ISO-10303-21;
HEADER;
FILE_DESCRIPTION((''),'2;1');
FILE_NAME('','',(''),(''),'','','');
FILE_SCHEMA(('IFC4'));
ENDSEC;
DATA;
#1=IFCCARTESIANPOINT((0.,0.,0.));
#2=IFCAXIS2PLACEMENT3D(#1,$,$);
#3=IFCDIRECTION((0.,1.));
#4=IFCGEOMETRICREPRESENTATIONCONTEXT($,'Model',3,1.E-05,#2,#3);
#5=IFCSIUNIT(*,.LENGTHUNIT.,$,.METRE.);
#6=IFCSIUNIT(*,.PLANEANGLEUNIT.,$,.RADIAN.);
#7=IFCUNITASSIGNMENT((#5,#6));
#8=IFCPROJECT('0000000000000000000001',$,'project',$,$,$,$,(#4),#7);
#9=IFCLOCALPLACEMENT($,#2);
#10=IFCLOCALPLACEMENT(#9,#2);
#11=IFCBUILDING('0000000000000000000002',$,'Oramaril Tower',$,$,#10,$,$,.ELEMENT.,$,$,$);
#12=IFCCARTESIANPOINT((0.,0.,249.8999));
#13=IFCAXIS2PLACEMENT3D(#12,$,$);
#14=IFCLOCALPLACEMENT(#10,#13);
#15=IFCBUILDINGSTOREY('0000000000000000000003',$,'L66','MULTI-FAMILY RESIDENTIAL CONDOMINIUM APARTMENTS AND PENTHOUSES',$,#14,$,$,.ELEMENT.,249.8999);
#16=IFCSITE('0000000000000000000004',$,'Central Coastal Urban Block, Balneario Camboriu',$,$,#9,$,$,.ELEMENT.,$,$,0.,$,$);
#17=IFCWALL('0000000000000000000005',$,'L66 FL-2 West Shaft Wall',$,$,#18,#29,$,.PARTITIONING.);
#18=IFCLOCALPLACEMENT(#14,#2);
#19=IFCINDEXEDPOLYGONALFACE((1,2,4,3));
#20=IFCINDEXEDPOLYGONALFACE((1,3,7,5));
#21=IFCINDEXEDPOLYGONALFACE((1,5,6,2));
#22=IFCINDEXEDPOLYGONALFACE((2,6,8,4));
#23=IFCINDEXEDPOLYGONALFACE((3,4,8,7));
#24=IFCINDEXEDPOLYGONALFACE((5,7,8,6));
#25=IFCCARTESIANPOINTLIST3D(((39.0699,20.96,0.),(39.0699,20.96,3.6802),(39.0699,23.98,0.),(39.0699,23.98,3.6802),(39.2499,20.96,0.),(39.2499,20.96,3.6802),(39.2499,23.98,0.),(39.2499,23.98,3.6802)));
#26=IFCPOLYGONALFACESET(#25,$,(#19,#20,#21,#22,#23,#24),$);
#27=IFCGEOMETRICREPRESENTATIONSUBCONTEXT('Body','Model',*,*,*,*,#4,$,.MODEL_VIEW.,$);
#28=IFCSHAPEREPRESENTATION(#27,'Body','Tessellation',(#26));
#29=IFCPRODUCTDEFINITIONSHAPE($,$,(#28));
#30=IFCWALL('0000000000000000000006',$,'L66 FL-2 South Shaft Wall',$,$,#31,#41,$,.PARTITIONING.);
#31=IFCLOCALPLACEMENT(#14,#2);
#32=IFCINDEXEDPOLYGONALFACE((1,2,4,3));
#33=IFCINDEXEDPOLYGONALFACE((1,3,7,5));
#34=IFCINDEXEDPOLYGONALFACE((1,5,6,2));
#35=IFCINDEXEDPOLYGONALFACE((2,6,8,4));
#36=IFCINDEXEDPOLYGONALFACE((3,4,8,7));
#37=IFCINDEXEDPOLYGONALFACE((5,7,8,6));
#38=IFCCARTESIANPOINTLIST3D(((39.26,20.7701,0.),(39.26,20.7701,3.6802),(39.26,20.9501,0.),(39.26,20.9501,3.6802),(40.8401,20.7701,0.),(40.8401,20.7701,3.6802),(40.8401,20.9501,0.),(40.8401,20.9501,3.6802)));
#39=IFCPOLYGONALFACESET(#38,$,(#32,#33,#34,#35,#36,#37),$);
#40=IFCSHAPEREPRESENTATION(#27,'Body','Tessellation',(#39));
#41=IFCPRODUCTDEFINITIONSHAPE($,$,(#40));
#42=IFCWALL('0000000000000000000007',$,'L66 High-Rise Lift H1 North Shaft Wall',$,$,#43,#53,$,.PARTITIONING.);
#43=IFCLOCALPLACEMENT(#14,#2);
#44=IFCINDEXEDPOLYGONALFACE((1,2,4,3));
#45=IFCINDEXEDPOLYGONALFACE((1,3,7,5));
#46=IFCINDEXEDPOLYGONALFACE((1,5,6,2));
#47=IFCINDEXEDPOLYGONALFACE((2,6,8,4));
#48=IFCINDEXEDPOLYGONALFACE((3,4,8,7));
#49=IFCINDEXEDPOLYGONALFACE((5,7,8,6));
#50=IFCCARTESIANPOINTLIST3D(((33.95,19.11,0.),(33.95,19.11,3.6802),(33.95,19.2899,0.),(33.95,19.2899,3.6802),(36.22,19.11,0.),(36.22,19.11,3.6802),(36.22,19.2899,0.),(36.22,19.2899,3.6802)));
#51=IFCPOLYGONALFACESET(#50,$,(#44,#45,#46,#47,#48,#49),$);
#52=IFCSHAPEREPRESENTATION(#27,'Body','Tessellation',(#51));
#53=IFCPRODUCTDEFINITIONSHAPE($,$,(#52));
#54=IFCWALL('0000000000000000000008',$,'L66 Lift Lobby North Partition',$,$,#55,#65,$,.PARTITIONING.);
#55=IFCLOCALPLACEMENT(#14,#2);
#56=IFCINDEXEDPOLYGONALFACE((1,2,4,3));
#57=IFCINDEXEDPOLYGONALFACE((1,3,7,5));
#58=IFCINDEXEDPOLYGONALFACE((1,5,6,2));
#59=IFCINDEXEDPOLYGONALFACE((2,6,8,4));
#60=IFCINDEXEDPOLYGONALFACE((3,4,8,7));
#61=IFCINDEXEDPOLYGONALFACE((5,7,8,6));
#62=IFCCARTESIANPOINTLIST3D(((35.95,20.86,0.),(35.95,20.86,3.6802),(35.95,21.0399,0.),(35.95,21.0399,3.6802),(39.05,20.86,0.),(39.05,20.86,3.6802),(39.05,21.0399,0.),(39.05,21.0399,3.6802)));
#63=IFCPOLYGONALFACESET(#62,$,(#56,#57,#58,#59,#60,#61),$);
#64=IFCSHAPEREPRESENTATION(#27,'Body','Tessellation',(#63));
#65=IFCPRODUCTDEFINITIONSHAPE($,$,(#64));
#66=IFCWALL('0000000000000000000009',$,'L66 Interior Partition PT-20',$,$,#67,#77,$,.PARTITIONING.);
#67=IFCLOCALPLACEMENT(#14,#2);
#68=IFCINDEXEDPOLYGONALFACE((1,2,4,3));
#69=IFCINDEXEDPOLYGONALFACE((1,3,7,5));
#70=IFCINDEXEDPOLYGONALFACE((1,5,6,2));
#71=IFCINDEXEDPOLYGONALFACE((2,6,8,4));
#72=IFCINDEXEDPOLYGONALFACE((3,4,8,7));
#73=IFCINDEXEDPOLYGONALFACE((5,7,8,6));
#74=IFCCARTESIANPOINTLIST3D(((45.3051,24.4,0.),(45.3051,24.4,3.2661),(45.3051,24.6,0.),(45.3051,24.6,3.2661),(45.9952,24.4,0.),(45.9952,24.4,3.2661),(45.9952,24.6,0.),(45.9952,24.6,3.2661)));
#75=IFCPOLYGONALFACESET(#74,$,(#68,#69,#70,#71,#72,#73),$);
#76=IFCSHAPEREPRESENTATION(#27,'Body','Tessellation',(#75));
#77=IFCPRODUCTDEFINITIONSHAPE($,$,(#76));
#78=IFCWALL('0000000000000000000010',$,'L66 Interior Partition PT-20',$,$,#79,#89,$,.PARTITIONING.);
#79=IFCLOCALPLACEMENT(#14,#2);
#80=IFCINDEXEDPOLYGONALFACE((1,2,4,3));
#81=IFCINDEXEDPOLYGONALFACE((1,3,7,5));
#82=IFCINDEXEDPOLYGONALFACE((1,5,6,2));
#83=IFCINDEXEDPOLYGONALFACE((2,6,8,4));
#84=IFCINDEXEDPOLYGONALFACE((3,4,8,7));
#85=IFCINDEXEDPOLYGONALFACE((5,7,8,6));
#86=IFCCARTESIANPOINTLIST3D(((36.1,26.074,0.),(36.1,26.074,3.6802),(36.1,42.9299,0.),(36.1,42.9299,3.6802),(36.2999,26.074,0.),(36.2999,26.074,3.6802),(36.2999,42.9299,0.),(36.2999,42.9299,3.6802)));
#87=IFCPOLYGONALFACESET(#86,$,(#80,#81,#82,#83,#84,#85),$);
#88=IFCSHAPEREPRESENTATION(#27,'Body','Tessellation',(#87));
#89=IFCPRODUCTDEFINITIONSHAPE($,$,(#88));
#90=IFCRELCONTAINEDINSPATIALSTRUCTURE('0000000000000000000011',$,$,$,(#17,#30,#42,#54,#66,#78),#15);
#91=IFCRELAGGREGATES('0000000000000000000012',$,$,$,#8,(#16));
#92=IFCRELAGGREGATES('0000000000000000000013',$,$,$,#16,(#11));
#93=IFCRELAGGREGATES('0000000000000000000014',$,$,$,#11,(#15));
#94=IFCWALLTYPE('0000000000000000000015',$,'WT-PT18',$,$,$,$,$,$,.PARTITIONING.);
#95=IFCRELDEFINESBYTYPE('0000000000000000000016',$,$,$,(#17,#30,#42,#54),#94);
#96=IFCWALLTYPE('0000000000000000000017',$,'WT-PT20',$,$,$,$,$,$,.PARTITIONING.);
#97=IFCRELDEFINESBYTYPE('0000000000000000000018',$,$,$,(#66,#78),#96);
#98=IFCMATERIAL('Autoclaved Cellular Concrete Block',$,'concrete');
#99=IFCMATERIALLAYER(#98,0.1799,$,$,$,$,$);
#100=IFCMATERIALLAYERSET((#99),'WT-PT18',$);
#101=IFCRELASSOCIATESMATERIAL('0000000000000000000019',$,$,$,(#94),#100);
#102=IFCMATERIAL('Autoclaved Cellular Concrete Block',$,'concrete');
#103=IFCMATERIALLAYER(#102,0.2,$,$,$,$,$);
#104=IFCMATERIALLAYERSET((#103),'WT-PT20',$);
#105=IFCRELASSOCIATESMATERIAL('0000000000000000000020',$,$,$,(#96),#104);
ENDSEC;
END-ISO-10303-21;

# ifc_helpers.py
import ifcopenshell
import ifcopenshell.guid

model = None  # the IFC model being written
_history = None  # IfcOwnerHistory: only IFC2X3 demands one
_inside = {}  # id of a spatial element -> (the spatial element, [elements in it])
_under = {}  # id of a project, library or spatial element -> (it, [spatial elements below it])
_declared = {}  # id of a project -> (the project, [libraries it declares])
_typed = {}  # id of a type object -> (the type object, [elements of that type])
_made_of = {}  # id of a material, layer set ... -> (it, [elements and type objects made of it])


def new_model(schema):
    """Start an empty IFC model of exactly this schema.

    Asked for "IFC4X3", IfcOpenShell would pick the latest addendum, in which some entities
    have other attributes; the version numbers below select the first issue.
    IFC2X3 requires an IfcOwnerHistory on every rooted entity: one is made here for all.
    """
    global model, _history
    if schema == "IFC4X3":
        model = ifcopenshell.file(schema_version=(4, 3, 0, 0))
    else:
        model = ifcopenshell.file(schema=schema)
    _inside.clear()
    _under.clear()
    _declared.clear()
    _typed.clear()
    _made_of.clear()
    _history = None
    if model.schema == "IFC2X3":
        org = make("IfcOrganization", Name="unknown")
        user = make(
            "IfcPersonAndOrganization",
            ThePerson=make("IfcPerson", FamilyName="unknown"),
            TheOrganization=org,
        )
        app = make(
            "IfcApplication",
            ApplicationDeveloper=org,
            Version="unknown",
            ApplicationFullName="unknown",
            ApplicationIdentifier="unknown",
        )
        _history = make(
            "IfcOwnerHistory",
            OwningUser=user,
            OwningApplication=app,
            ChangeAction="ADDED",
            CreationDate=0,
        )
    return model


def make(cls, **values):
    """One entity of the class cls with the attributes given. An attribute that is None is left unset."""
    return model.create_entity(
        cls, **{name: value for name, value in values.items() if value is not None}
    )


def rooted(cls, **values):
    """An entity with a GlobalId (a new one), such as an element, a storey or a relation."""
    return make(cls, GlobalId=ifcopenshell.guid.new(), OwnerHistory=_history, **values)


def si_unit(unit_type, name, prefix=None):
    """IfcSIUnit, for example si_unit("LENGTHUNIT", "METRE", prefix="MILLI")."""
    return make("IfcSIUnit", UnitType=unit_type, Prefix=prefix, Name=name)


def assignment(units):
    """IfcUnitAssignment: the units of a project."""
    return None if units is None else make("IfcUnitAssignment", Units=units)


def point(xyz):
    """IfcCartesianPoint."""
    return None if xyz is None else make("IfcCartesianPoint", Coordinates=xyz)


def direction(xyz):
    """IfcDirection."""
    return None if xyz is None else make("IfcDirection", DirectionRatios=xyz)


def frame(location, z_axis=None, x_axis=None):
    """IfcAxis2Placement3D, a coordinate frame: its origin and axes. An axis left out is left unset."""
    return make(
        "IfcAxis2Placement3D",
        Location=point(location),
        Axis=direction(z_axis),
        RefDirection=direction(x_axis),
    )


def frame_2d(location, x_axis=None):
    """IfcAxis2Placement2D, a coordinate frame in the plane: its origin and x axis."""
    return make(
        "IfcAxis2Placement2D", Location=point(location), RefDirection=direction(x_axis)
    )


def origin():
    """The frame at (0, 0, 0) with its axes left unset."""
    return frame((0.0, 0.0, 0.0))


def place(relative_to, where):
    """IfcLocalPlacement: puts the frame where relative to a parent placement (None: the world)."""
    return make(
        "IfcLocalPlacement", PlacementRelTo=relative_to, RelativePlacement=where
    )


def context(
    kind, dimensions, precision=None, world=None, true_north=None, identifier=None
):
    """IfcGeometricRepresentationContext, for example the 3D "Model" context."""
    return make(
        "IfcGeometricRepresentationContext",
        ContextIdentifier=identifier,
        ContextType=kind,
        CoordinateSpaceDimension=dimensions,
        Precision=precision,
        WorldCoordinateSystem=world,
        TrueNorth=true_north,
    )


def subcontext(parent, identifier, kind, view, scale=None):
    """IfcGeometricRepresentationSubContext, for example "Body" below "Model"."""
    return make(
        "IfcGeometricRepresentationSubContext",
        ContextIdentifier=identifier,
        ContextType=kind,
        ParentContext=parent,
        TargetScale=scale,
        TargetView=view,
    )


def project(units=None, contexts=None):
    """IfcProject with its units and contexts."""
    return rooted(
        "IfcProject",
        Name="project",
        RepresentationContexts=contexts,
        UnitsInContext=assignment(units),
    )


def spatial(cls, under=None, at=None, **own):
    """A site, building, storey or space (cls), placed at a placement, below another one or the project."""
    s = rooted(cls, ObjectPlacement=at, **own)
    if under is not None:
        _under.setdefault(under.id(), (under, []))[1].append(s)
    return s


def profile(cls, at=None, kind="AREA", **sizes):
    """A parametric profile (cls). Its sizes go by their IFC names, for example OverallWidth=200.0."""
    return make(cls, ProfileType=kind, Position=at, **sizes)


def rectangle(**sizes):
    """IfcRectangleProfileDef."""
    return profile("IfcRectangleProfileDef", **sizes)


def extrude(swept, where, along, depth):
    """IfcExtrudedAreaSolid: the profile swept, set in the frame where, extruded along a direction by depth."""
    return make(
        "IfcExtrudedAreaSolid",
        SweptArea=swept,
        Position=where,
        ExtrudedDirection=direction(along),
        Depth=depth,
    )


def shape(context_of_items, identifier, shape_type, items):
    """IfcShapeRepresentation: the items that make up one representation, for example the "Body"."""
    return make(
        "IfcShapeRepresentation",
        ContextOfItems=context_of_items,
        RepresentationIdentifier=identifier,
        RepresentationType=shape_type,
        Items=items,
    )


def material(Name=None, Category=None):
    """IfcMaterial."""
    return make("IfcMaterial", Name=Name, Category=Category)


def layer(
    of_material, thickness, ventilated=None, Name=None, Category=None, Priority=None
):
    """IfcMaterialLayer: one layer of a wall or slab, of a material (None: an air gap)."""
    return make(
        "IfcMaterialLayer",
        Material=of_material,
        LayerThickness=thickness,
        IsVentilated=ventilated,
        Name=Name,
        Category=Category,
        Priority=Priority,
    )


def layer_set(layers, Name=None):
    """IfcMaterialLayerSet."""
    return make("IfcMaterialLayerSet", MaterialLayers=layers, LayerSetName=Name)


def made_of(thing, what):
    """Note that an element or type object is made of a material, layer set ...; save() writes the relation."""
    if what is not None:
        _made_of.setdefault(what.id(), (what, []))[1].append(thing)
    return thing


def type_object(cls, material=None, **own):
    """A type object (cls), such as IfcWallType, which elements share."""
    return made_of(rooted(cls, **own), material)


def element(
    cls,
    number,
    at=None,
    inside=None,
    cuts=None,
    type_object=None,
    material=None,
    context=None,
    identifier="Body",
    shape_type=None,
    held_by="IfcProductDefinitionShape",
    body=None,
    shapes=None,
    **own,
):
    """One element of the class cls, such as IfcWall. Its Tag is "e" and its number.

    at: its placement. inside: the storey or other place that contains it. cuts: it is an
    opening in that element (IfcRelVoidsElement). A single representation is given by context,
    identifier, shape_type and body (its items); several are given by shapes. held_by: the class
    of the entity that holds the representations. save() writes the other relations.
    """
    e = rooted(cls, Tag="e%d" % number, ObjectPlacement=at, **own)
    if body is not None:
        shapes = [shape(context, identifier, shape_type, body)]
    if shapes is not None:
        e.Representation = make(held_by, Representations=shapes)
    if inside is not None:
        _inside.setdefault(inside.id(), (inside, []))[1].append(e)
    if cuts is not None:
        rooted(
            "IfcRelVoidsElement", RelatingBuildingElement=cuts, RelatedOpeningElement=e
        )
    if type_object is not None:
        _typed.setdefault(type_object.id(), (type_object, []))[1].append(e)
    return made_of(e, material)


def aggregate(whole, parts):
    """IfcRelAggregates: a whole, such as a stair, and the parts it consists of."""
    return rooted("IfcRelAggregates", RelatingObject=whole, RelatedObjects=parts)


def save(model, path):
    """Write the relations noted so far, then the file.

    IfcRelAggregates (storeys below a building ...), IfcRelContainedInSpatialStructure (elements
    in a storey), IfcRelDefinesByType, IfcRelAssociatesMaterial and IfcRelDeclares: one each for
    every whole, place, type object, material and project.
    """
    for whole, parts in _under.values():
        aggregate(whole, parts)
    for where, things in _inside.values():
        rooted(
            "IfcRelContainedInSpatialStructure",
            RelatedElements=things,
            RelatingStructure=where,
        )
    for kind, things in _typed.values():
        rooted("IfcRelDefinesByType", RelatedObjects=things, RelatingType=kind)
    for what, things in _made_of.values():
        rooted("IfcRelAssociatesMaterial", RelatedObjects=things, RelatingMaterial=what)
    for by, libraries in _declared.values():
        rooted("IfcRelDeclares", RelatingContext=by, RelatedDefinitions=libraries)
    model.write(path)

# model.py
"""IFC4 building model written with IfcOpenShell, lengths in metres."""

from ifc_helpers import new_model, si_unit, direction, frame, frame_2d, origin, place, context, subcontext, project, spatial, rectangle, extrude, material, layer, layer_set, type_object, element, save


model = new_model("IFC4")

# Units and contexts
model_context = context("Model", 3, precision=1e-05, world=origin(), true_north=direction((0.0, 1.0)))
body_context = subcontext(model_context, "Body", "Model", "MODEL_VIEW")
ifc_project = project(units=[si_unit("LENGTHUNIT", "METRE"), si_unit("PLANEANGLEUNIT", "RADIAN")], contexts=[model_context])

# Site, building, storey
site_placement = place(None, origin())
site = spatial("IfcSite", under=ifc_project, at=site_placement, Name="Central Coastal Urban Block, Balneario Camboriu", CompositionType="ELEMENT", RefElevation=0.0)
building_placement = place(site_placement, origin())
building = spatial("IfcBuilding", under=site, at=building_placement, Name="Oramaril Tower", CompositionType="ELEMENT")
storey_placement = place(building_placement, frame((0.0, 0.0, 249.8999)))
storey = spatial("IfcBuildingStorey", under=building, at=storey_placement, Name="L66", Description="MULTI-FAMILY RESIDENTIAL CONDOMINIUM APARTMENTS AND PENTHOUSES", CompositionType="ELEMENT", Elevation=249.8999)

# Walls
ifc_material_1 = material(Name="Autoclaved Cellular Concrete Block", Category="concrete")
ifc_layer_1 = layer(ifc_material_1, 0.1799)
ifc_layer_set_1 = layer_set([ifc_layer_1], Name="WT-PT18")
wall_type_1 = type_object("IfcWallType", Name="WT-PT18", PredefinedType="PARTITIONING", material=ifc_layer_set_1)
wall_1_placement = place(storey_placement, frame((39.1599, 20.96, 0.0), z_axis=(0.0, 0.0, 1.0), x_axis=(0.0, 1.0, 0.0)))
element("IfcWall", 1, at=wall_1_placement, inside=storey, type_object=wall_type_1, Name="L66 FL-2 West Shaft Wall", PredefinedType="PARTITIONING", context=body_context, shape_type="SweptSolid", body=[
    extrude(rectangle(XDim=3.02, YDim=0.1799, at=frame_2d((1.51, 0.0))), origin(), (0.0, 0.0, 1.0), 3.6802),
])
wall_2_placement = place(storey_placement, frame((39.26, 20.8601, 0.0), z_axis=(0.0, 0.0, 1.0), x_axis=(1.0, 0.0, 0.0)))
element("IfcWall", 2, at=wall_2_placement, inside=storey, type_object=wall_type_1, Name="L66 FL-2 South Shaft Wall", PredefinedType="PARTITIONING", context=body_context, shape_type="SweptSolid", body=[
    extrude(rectangle(XDim=1.5801, YDim=0.1799, at=frame_2d((0.79, 0.0))), origin(), (0.0, 0.0, 1.0), 3.6802),
])
wall_3_placement = place(storey_placement, frame((33.95, 19.2, 0.0), z_axis=(0.0, 0.0, 1.0), x_axis=(1.0, 0.0, 0.0)))
element("IfcWall", 3, at=wall_3_placement, inside=storey, type_object=wall_type_1, Name="L66 High-Rise Lift H1 North Shaft Wall", PredefinedType="PARTITIONING", context=body_context, shape_type="SweptSolid", body=[
    extrude(rectangle(XDim=2.27, YDim=0.1799, at=frame_2d((1.135, 0.0))), origin(), (0.0, 0.0, 1.0), 3.6802),
])
wall_4_placement = place(storey_placement, frame((35.95, 20.95, 0.0), z_axis=(0.0, 0.0, 1.0), x_axis=(1.0, 0.0, 0.0)))
element("IfcWall", 4, at=wall_4_placement, inside=storey, type_object=wall_type_1, Name="L66 Lift Lobby North Partition", PredefinedType="PARTITIONING", context=body_context, shape_type="SweptSolid", body=[
    extrude(rectangle(XDim=3.1001, YDim=0.1799, at=frame_2d((1.55, 0.0))), origin(), (0.0, 0.0, 1.0), 3.6802),
])
ifc_material_2 = material(Name="Autoclaved Cellular Concrete Block", Category="concrete")
ifc_layer_2 = layer(ifc_material_2, 0.2)
ifc_layer_set_2 = layer_set([ifc_layer_2], Name="WT-PT20")
wall_type_2 = type_object("IfcWallType", Name="WT-PT20", PredefinedType="PARTITIONING", material=ifc_layer_set_2)
wall_5_placement = place(storey_placement, frame((45.3049, 24.5, 0.0), z_axis=(0.0, 0.0, 1.0), x_axis=(1.0, 0.0, 0.0)))
element("IfcWall", 5, at=wall_5_placement, inside=storey, type_object=wall_type_2, Name="L66 Interior Partition PT-20", PredefinedType="PARTITIONING", context=body_context, shape_type="SweptSolid", body=[
    extrude(rectangle(XDim=0.6902, YDim=0.2, at=frame_2d((0.3452, 0.0))), origin(), (0.0, 0.0, 1.0), 3.2661),
])
wall_6_placement = place(storey_placement, frame((36.2, 26.074, 0.0), z_axis=(0.0, 0.0, 1.0), x_axis=(0.0, 1.0, 0.0)))
element("IfcWall", 6, at=wall_6_placement, inside=storey, type_object=wall_type_2, Name="L66 Interior Partition PT-20", PredefinedType="PARTITIONING", context=body_context, shape_type="SweptSolid", body=[
    extrude(rectangle(XDim=16.856, YDim=0.2, at=frame_2d((8.428, 0.0))), origin(), (0.0, 0.0, 1.0), 3.6802),
])

save(model, "model.ifc")
